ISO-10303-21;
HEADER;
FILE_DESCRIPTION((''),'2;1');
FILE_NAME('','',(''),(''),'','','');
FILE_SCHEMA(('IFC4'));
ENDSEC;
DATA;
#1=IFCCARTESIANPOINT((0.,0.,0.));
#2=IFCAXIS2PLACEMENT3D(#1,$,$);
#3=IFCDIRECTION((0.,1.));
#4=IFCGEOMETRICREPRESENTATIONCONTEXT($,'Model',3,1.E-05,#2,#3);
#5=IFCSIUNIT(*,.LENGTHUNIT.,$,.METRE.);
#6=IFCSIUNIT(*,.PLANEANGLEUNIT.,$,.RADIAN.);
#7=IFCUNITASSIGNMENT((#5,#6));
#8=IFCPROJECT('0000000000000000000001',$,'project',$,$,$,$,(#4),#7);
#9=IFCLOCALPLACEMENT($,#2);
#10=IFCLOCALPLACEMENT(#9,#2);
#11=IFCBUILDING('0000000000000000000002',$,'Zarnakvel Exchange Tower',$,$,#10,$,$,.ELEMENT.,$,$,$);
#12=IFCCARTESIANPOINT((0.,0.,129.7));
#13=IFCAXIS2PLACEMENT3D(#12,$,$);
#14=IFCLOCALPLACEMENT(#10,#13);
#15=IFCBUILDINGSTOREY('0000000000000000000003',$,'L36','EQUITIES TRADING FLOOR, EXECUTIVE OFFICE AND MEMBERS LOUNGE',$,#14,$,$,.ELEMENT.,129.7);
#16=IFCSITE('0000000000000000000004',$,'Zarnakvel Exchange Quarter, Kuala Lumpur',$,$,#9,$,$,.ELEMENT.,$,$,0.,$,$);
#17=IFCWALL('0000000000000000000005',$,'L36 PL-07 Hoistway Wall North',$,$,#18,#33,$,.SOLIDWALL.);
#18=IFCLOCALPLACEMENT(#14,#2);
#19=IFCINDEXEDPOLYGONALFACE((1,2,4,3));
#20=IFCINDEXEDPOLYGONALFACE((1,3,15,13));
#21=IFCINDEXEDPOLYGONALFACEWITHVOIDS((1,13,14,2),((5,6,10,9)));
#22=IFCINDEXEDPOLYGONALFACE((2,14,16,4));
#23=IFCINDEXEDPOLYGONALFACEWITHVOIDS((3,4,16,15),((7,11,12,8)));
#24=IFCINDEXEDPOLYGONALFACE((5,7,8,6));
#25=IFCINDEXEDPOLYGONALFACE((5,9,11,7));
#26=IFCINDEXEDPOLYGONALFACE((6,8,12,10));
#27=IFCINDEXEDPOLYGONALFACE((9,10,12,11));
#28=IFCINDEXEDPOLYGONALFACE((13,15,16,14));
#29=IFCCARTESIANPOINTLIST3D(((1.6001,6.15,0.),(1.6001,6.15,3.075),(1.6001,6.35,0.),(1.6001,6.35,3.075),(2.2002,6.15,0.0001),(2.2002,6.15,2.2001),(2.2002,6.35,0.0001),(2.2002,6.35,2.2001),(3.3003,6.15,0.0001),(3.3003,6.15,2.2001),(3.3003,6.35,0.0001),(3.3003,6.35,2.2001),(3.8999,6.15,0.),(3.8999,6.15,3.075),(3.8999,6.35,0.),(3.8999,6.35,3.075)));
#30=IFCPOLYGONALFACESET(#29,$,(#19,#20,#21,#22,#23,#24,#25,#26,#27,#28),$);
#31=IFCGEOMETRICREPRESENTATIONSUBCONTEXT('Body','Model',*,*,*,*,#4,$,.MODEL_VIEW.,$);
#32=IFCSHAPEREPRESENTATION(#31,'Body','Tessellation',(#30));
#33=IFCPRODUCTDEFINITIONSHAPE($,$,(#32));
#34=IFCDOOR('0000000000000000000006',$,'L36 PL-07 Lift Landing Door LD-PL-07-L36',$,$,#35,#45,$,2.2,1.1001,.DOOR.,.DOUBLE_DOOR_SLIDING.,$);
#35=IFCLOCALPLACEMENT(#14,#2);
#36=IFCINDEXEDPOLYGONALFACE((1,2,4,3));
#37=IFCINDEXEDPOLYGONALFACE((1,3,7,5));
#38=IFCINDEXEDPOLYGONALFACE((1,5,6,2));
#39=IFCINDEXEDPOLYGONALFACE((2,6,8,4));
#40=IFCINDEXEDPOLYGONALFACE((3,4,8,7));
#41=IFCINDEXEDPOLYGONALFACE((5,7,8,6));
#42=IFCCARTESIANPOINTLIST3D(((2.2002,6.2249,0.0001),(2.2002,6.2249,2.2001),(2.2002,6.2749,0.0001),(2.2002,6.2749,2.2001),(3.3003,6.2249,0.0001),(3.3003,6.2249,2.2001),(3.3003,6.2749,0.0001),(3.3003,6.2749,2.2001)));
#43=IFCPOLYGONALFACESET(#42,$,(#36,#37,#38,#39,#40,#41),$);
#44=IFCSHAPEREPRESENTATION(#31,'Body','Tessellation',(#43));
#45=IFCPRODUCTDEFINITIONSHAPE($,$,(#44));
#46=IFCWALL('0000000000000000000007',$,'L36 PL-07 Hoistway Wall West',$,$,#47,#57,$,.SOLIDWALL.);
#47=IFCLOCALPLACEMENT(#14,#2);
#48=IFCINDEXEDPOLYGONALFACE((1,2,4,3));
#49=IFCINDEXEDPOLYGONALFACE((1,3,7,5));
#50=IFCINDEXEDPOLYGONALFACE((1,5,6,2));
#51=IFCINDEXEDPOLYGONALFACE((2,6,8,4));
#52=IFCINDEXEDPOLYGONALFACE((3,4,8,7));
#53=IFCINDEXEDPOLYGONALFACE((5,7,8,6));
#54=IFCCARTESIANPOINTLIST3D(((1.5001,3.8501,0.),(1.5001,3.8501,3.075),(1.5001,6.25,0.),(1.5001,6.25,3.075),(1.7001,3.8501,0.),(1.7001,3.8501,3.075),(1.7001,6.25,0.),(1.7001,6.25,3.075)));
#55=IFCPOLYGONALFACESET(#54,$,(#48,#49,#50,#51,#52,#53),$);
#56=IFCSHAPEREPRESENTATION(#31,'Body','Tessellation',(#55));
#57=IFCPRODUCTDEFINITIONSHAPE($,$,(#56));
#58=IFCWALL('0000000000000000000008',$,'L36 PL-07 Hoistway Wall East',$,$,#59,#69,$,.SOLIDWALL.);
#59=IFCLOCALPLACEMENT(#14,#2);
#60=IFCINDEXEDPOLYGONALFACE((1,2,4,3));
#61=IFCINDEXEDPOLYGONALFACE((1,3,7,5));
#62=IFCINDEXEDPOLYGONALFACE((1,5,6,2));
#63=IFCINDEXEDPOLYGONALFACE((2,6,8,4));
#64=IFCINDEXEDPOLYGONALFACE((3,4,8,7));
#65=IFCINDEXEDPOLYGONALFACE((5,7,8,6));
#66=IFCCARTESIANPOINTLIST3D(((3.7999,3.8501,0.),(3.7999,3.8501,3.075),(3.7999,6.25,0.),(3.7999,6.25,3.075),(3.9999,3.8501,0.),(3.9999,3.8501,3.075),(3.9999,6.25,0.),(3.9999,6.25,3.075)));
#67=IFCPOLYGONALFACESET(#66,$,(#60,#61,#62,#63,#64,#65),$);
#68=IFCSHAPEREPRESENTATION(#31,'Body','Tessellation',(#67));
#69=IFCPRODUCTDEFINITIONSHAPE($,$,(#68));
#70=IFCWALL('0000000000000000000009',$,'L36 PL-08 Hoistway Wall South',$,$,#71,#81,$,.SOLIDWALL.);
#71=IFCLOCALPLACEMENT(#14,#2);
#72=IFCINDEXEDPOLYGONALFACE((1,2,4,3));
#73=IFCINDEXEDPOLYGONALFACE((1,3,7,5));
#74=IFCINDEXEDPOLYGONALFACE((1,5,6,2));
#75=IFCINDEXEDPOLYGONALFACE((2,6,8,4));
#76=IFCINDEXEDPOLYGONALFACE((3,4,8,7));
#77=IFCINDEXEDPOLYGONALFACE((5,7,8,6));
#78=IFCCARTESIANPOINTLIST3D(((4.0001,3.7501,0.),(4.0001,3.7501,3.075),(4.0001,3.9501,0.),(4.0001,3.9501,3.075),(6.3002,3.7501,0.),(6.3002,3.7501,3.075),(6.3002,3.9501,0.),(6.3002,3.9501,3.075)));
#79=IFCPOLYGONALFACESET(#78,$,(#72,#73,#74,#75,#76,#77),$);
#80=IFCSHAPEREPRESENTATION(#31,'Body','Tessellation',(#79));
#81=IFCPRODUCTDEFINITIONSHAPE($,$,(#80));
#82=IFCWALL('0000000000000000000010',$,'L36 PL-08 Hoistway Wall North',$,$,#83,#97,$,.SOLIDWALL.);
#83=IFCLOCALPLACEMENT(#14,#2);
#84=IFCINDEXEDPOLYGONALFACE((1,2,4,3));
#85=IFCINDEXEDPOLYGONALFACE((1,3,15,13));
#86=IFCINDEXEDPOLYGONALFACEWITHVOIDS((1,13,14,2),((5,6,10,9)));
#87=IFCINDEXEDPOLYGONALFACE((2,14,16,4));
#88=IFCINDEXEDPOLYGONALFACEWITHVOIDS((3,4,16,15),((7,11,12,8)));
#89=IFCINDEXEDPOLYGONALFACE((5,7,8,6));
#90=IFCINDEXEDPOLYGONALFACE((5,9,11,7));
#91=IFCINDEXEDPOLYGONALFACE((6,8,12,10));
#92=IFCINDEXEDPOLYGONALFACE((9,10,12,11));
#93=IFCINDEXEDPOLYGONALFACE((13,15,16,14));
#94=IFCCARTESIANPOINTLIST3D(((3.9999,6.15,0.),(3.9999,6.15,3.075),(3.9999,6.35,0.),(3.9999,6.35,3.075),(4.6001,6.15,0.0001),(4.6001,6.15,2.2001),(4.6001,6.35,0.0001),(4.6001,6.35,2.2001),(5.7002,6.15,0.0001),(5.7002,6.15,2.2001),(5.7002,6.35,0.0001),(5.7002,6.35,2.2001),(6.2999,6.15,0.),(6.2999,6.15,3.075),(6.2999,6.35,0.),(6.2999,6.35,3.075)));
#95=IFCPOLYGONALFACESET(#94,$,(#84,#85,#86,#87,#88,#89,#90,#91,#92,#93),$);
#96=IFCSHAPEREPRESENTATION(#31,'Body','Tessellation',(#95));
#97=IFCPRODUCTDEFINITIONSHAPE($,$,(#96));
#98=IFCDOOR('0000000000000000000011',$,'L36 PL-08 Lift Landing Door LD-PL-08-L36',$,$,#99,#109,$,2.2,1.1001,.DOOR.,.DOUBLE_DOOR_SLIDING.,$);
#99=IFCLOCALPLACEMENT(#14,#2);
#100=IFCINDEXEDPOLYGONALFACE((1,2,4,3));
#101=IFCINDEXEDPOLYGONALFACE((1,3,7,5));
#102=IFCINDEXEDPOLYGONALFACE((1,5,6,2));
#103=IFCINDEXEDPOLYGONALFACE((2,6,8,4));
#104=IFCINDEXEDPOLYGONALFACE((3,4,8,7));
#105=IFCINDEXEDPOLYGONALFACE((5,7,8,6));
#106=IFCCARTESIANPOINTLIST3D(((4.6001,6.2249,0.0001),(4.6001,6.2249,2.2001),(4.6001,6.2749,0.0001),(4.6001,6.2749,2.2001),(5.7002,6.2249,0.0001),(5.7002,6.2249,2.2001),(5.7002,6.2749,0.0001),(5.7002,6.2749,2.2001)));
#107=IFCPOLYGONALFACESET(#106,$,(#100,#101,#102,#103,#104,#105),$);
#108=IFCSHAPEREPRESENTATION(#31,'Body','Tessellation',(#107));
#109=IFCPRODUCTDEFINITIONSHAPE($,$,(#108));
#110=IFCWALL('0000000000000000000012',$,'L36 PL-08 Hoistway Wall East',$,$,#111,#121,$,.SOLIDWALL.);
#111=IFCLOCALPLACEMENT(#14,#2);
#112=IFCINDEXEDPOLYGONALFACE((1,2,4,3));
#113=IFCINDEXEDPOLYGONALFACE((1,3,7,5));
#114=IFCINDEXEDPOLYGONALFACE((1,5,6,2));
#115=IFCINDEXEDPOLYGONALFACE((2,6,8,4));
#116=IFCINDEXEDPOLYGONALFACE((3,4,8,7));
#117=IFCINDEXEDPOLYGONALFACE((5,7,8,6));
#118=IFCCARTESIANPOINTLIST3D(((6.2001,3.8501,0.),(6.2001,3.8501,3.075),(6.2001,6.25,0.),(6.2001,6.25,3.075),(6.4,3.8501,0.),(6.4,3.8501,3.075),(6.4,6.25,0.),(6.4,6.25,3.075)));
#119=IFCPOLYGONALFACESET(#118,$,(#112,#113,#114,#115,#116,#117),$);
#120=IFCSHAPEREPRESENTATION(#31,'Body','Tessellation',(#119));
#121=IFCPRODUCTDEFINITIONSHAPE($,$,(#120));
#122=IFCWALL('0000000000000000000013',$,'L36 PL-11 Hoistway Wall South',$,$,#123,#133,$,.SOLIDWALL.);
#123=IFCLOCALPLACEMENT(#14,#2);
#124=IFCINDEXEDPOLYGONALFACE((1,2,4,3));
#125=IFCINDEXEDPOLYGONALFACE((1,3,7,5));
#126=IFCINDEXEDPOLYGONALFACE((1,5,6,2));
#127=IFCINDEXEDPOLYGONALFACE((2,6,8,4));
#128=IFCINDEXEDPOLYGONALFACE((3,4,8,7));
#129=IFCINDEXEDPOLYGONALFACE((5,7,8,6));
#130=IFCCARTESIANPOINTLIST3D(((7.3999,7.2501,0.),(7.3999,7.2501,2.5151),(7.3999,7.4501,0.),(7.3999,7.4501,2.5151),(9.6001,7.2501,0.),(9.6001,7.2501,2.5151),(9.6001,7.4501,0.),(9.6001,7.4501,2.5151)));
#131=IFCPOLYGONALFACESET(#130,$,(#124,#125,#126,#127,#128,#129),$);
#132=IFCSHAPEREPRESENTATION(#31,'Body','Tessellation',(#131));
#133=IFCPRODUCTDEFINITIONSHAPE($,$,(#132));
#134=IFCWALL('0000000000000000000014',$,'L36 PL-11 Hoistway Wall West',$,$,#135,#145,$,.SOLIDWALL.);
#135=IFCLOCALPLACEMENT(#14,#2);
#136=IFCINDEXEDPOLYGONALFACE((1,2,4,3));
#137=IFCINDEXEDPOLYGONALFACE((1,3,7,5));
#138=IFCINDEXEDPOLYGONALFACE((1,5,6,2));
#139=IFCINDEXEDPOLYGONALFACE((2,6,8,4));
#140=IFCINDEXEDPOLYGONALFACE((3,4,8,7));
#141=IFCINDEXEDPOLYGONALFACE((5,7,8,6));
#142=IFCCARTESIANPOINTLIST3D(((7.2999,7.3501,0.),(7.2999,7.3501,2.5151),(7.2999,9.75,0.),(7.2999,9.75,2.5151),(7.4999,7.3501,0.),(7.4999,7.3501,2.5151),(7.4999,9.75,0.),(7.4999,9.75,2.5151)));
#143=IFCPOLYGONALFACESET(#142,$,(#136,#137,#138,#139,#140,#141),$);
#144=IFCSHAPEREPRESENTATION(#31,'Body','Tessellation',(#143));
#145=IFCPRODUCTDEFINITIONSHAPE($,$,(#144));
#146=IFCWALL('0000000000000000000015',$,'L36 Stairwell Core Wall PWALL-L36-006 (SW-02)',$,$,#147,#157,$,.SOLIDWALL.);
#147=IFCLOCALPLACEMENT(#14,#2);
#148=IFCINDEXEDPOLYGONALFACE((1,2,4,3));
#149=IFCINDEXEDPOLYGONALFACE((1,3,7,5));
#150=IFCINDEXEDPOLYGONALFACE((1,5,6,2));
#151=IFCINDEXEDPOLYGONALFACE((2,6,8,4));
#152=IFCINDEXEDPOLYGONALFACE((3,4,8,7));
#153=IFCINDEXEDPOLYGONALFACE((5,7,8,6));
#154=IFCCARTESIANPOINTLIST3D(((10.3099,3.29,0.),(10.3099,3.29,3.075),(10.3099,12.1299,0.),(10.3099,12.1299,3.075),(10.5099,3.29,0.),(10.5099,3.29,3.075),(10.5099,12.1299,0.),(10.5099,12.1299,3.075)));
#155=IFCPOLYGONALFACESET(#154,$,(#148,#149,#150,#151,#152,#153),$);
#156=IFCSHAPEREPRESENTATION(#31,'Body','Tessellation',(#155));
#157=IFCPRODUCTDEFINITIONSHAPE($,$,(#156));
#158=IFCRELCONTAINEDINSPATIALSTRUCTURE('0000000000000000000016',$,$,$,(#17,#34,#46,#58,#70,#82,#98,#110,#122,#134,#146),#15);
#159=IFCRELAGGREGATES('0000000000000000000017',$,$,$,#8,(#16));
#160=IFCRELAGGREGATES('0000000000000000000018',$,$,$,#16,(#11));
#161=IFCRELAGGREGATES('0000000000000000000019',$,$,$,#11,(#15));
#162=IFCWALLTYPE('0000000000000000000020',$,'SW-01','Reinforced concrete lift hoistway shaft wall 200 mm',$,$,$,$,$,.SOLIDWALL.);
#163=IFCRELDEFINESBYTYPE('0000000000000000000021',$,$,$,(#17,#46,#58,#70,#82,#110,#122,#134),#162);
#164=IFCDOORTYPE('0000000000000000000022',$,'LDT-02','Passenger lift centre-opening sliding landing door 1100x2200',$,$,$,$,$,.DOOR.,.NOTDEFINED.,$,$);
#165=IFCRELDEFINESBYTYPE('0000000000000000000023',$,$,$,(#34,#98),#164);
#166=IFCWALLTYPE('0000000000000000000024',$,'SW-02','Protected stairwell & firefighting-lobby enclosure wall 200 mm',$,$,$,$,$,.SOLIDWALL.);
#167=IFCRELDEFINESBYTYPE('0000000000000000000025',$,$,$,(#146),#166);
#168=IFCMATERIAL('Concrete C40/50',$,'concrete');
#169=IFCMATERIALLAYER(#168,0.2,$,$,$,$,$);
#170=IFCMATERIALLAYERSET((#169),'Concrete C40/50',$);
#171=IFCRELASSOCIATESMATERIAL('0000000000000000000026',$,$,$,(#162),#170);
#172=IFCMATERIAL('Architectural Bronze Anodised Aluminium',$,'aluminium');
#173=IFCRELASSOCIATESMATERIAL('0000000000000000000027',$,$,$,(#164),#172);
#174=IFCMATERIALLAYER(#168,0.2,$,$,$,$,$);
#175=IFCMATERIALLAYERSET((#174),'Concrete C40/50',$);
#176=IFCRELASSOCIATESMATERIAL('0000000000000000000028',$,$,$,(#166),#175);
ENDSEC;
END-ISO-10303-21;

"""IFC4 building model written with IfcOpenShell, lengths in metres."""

from ifc_helpers import new_model, si_unit, direction, frame, frame_2d, origin, place, context, subcontext, project, spatial, rectangle, extrude, source, transform, mapped, material, layer, layer_set, type_object, element, fill, save


model = new_model("IFC4")

# Units and contexts
model_context = context("Model", 3, precision=1e-05, world=origin(), true_north=direction((0.0, 1.0)))
body_context = subcontext(model_context, "Body", "Model", "MODEL_VIEW")
ifc_project = project(units=[si_unit("LENGTHUNIT", "METRE"), si_unit("PLANEANGLEUNIT", "RADIAN")], contexts=[model_context])

# Site, building, storey
site_placement = place(None, origin())
site = spatial("IfcSite", under=ifc_project, at=site_placement, Name="Zarnakvel Exchange Quarter, Kuala Lumpur", CompositionType="ELEMENT", RefElevation=0.0)
building_placement = place(site_placement, origin())
building = spatial("IfcBuilding", under=site, at=building_placement, Name="Zarnakvel Exchange Tower", CompositionType="ELEMENT")
storey_placement = place(building_placement, frame((0.0, 0.0, 129.7)))
storey = spatial("IfcBuildingStorey", under=building, at=storey_placement, Name="L36", Description="EQUITIES TRADING FLOOR, EXECUTIVE OFFICE AND MEMBERS LOUNGE", CompositionType="ELEMENT", Elevation=129.7)

# Shared definitions
ifc_material_1 = material(Name="Concrete C40/50", Category="concrete")
ifc_layer_1 = layer(ifc_material_1, 0.2)
ifc_layer_set_1 = layer_set([ifc_layer_1], Name="Concrete C40/50")
wall_type_1 = type_object("IfcWallType", Name="SW-01", Description="Reinforced concrete lift hoistway shaft wall 200 mm", PredefinedType="SOLIDWALL", material=ifc_layer_set_1)
shared_shape_1 = source(origin(), body_context, "Body", "SweptSolid", [
    extrude(rectangle(XDim=1.1001, YDim=2.2, at=frame_2d((0.55, 1.1001))), frame((0.0, 0.0249, 0.0), z_axis=(0.0, -1.0, 0.0), x_axis=(1.0, 0.0, 0.0)), (0.0, 0.0, 1.0), 0.05),
])

# Wall, opening, door
wall_1_placement = place(storey_placement, frame((1.6001, 6.25, 0.0), z_axis=(0.0, 0.0, 1.0), x_axis=(1.0, 0.0, 0.0)))
wall_1 = element("IfcWall", 1, at=wall_1_placement, inside=storey, type_object=wall_type_1, Name="L36 PL-07 Hoistway Wall North", PredefinedType="SOLIDWALL", context=body_context, shape_type="SweptSolid", body=[
    extrude(rectangle(XDim=2.2998, YDim=0.2, at=frame_2d((1.1499, 0.0))), origin(), (0.0, 0.0, 1.0), 3.075),
])
opening_1_placement = place(wall_1_placement, frame((0.6001, 0.0, 0.0)))
opening_1 = element("IfcOpeningElement", 2, at=opening_1_placement, cuts=wall_1, PredefinedType="OPENING", context=body_context, shape_type="SweptSolid", body=[
    extrude(rectangle(XDim=1.1001, YDim=2.2, at=frame_2d((0.55, 1.1001))), frame((0.0, 0.1099, 0.0), z_axis=(0.0, -1.0, 0.0), x_axis=(1.0, 0.0, 0.0)), (0.0, 0.0, 1.0), 0.22),
])
ifc_material_2 = material(Name="Architectural Bronze Anodised Aluminium", Category="aluminium")
door_type_1 = type_object("IfcDoorType", Name="LDT-02", Description="Passenger lift centre-opening sliding landing door 1100x2200", OperationType="NOTDEFINED", PredefinedType="DOOR", material=ifc_material_2)
door_1_placement = place(opening_1_placement, origin())
door_1 = element("IfcDoor", 3, at=door_1_placement, inside=storey, type_object=door_type_1, Name="L36 PL-07 Lift Landing Door LD-PL-07-L36", OperationType="DOUBLE_DOOR_SLIDING", OverallHeight=2.2, OverallWidth=1.1001, PredefinedType="DOOR", context=body_context, shape_type="MappedRepresentation", body=[
    mapped(shared_shape_1, transform((0.0, 0.0, 0.0), x_axis=(1.0, 0.0, 0.0), y_axis=(0.0, 1.0, 0.0), z_axis=(0.0, 0.0, 1.0), scale=1.0)),
])
fill(opening_1, door_1)

# Walls
for number, where, z_axis, x_axis, name in (
    (4, (1.6001, 3.8501, 0.0), (0.0, 0.0, 1.0), (0.0, 1.0, 0.0), "L36 PL-07 Hoistway Wall West"),
    (5, (3.8999, 6.25, 0.0), (0.0, 0.0, 1.0), (0.0, -1.0, 0.0), "L36 PL-07 Hoistway Wall East"),
):
    element("IfcWall", number, at=place(storey_placement, frame(where, z_axis=z_axis, x_axis=x_axis)), inside=storey, type_object=wall_type_1, Name=name, PredefinedType="SOLIDWALL", context=body_context, shape_type="SweptSolid", body=[
        extrude(rectangle(XDim=2.3999, YDim=0.2, at=frame_2d((1.2, 0.0))), origin(), (0.0, 0.0, 1.0), 3.075),
    ])
wall_2_placement = place(storey_placement, frame((6.3, 3.8501, 0.0), z_axis=(0.0, 0.0, 1.0), x_axis=(-1.0, 0.0, 0.0)))
element("IfcWall", 6, at=wall_2_placement, inside=storey, type_object=wall_type_1, Name="L36 PL-08 Hoistway Wall South", PredefinedType="SOLIDWALL", context=body_context, shape_type="SweptSolid", body=[
    extrude(rectangle(XDim=2.3, YDim=0.2, at=frame_2d((1.1499, 0.0))), origin(), (0.0, 0.0, 1.0), 3.075),
])

# Wall, opening, door
wall_3_placement = place(storey_placement, frame((4.0, 6.25, 0.0), z_axis=(0.0, 0.0, 1.0), x_axis=(1.0, 0.0, 0.0)))
wall_3 = element("IfcWall", 7, at=wall_3_placement, inside=storey, type_object=wall_type_1, Name="L36 PL-08 Hoistway Wall North", PredefinedType="SOLIDWALL", context=body_context, shape_type="SweptSolid", body=[
    extrude(rectangle(XDim=2.3, YDim=0.2, at=frame_2d((1.1499, 0.0))), origin(), (0.0, 0.0, 1.0), 3.075),
])
opening_2_placement = place(wall_3_placement, frame((0.6001, 0.0, 0.0)))
opening_2 = element("IfcOpeningElement", 8, at=opening_2_placement, cuts=wall_3, PredefinedType="OPENING", context=body_context, shape_type="SweptSolid", body=[
    extrude(rectangle(XDim=1.1001, YDim=2.2, at=frame_2d((0.55, 1.1001))), frame((0.0, 0.1099, 0.0), z_axis=(0.0, -1.0, 0.0), x_axis=(1.0, 0.0, 0.0)), (0.0, 0.0, 1.0), 0.22),
])
door_2_placement = place(opening_2_placement, origin())
door_2 = element("IfcDoor", 9, at=door_2_placement, inside=storey, type_object=door_type_1, Name="L36 PL-08 Lift Landing Door LD-PL-08-L36", OperationType="DOUBLE_DOOR_SLIDING", OverallHeight=2.2, OverallWidth=1.1001, PredefinedType="DOOR", context=body_context, shape_type="MappedRepresentation", body=[
    mapped(shared_shape_1, transform((0.0, 0.0, 0.0), x_axis=(1.0, 0.0, 0.0), y_axis=(0.0, 1.0, 0.0), z_axis=(0.0, 0.0, 1.0), scale=1.0)),
])
fill(opening_2, door_2)

# Walls
wall_4_placement = place(storey_placement, frame((6.3, 6.25, 0.0), z_axis=(0.0, 0.0, 1.0), x_axis=(0.0, -1.0, 0.0)))
element("IfcWall", 10, at=wall_4_placement, inside=storey, type_object=wall_type_1, Name="L36 PL-08 Hoistway Wall East", PredefinedType="SOLIDWALL", context=body_context, shape_type="SweptSolid", body=[
    extrude(rectangle(XDim=2.3999, YDim=0.2, at=frame_2d((1.2, 0.0))), origin(), (0.0, 0.0, 1.0), 3.075),
])
wall_5_placement = place(storey_placement, frame((9.6001, 7.3501, 0.0), z_axis=(0.0, 0.0, 1.0), x_axis=(-1.0, 0.0, 0.0)))
element("IfcWall", 11, at=wall_5_placement, inside=storey, type_object=wall_type_1, Name="L36 PL-11 Hoistway Wall South", PredefinedType="SOLIDWALL", context=body_context, shape_type="SweptSolid", body=[
    extrude(rectangle(XDim=2.2002, YDim=0.2, at=frame_2d((1.1001, 0.0))), origin(), (0.0, 0.0, 1.0), 2.5151),
])
wall_6_placement = place(storey_placement, frame((7.3999, 7.3501, 0.0), z_axis=(0.0, 0.0, 1.0), x_axis=(0.0, 1.0, 0.0)))
element("IfcWall", 12, at=wall_6_placement, inside=storey, type_object=wall_type_1, Name="L36 PL-11 Hoistway Wall West", PredefinedType="SOLIDWALL", context=body_context, shape_type="SweptSolid", body=[
    extrude(rectangle(XDim=2.3999, YDim=0.2, at=frame_2d((1.2, 0.0))), origin(), (0.0, 0.0, 1.0), 2.5151),
])
ifc_layer_2 = layer(ifc_material_1, 0.2)
ifc_layer_set_2 = layer_set([ifc_layer_2], Name="Concrete C40/50")
wall_type_2 = type_object("IfcWallType", Name="SW-02", Description="Protected stairwell & firefighting-lobby enclosure wall 200 mm", PredefinedType="SOLIDWALL", material=ifc_layer_set_2)
wall_7_placement = place(storey_placement, frame((10.4099, 3.29, 0.0), z_axis=(0.0, 0.0, 1.0), x_axis=(0.0, 1.0, 0.0)))
element("IfcWall", 13, at=wall_7_placement, inside=storey, type_object=wall_type_2, Name="L36 Stairwell Core Wall PWALL-L36-006 (SW-02)", PredefinedType="SOLIDWALL", context=body_context, shape_type="SweptSolid", body=[
    extrude(rectangle(XDim=8.8398, YDim=0.2, at=frame_2d((4.4199, 0.0))), origin(), (0.0, 0.0, 1.0), 3.075),
])

save(model, "model.ifc")
